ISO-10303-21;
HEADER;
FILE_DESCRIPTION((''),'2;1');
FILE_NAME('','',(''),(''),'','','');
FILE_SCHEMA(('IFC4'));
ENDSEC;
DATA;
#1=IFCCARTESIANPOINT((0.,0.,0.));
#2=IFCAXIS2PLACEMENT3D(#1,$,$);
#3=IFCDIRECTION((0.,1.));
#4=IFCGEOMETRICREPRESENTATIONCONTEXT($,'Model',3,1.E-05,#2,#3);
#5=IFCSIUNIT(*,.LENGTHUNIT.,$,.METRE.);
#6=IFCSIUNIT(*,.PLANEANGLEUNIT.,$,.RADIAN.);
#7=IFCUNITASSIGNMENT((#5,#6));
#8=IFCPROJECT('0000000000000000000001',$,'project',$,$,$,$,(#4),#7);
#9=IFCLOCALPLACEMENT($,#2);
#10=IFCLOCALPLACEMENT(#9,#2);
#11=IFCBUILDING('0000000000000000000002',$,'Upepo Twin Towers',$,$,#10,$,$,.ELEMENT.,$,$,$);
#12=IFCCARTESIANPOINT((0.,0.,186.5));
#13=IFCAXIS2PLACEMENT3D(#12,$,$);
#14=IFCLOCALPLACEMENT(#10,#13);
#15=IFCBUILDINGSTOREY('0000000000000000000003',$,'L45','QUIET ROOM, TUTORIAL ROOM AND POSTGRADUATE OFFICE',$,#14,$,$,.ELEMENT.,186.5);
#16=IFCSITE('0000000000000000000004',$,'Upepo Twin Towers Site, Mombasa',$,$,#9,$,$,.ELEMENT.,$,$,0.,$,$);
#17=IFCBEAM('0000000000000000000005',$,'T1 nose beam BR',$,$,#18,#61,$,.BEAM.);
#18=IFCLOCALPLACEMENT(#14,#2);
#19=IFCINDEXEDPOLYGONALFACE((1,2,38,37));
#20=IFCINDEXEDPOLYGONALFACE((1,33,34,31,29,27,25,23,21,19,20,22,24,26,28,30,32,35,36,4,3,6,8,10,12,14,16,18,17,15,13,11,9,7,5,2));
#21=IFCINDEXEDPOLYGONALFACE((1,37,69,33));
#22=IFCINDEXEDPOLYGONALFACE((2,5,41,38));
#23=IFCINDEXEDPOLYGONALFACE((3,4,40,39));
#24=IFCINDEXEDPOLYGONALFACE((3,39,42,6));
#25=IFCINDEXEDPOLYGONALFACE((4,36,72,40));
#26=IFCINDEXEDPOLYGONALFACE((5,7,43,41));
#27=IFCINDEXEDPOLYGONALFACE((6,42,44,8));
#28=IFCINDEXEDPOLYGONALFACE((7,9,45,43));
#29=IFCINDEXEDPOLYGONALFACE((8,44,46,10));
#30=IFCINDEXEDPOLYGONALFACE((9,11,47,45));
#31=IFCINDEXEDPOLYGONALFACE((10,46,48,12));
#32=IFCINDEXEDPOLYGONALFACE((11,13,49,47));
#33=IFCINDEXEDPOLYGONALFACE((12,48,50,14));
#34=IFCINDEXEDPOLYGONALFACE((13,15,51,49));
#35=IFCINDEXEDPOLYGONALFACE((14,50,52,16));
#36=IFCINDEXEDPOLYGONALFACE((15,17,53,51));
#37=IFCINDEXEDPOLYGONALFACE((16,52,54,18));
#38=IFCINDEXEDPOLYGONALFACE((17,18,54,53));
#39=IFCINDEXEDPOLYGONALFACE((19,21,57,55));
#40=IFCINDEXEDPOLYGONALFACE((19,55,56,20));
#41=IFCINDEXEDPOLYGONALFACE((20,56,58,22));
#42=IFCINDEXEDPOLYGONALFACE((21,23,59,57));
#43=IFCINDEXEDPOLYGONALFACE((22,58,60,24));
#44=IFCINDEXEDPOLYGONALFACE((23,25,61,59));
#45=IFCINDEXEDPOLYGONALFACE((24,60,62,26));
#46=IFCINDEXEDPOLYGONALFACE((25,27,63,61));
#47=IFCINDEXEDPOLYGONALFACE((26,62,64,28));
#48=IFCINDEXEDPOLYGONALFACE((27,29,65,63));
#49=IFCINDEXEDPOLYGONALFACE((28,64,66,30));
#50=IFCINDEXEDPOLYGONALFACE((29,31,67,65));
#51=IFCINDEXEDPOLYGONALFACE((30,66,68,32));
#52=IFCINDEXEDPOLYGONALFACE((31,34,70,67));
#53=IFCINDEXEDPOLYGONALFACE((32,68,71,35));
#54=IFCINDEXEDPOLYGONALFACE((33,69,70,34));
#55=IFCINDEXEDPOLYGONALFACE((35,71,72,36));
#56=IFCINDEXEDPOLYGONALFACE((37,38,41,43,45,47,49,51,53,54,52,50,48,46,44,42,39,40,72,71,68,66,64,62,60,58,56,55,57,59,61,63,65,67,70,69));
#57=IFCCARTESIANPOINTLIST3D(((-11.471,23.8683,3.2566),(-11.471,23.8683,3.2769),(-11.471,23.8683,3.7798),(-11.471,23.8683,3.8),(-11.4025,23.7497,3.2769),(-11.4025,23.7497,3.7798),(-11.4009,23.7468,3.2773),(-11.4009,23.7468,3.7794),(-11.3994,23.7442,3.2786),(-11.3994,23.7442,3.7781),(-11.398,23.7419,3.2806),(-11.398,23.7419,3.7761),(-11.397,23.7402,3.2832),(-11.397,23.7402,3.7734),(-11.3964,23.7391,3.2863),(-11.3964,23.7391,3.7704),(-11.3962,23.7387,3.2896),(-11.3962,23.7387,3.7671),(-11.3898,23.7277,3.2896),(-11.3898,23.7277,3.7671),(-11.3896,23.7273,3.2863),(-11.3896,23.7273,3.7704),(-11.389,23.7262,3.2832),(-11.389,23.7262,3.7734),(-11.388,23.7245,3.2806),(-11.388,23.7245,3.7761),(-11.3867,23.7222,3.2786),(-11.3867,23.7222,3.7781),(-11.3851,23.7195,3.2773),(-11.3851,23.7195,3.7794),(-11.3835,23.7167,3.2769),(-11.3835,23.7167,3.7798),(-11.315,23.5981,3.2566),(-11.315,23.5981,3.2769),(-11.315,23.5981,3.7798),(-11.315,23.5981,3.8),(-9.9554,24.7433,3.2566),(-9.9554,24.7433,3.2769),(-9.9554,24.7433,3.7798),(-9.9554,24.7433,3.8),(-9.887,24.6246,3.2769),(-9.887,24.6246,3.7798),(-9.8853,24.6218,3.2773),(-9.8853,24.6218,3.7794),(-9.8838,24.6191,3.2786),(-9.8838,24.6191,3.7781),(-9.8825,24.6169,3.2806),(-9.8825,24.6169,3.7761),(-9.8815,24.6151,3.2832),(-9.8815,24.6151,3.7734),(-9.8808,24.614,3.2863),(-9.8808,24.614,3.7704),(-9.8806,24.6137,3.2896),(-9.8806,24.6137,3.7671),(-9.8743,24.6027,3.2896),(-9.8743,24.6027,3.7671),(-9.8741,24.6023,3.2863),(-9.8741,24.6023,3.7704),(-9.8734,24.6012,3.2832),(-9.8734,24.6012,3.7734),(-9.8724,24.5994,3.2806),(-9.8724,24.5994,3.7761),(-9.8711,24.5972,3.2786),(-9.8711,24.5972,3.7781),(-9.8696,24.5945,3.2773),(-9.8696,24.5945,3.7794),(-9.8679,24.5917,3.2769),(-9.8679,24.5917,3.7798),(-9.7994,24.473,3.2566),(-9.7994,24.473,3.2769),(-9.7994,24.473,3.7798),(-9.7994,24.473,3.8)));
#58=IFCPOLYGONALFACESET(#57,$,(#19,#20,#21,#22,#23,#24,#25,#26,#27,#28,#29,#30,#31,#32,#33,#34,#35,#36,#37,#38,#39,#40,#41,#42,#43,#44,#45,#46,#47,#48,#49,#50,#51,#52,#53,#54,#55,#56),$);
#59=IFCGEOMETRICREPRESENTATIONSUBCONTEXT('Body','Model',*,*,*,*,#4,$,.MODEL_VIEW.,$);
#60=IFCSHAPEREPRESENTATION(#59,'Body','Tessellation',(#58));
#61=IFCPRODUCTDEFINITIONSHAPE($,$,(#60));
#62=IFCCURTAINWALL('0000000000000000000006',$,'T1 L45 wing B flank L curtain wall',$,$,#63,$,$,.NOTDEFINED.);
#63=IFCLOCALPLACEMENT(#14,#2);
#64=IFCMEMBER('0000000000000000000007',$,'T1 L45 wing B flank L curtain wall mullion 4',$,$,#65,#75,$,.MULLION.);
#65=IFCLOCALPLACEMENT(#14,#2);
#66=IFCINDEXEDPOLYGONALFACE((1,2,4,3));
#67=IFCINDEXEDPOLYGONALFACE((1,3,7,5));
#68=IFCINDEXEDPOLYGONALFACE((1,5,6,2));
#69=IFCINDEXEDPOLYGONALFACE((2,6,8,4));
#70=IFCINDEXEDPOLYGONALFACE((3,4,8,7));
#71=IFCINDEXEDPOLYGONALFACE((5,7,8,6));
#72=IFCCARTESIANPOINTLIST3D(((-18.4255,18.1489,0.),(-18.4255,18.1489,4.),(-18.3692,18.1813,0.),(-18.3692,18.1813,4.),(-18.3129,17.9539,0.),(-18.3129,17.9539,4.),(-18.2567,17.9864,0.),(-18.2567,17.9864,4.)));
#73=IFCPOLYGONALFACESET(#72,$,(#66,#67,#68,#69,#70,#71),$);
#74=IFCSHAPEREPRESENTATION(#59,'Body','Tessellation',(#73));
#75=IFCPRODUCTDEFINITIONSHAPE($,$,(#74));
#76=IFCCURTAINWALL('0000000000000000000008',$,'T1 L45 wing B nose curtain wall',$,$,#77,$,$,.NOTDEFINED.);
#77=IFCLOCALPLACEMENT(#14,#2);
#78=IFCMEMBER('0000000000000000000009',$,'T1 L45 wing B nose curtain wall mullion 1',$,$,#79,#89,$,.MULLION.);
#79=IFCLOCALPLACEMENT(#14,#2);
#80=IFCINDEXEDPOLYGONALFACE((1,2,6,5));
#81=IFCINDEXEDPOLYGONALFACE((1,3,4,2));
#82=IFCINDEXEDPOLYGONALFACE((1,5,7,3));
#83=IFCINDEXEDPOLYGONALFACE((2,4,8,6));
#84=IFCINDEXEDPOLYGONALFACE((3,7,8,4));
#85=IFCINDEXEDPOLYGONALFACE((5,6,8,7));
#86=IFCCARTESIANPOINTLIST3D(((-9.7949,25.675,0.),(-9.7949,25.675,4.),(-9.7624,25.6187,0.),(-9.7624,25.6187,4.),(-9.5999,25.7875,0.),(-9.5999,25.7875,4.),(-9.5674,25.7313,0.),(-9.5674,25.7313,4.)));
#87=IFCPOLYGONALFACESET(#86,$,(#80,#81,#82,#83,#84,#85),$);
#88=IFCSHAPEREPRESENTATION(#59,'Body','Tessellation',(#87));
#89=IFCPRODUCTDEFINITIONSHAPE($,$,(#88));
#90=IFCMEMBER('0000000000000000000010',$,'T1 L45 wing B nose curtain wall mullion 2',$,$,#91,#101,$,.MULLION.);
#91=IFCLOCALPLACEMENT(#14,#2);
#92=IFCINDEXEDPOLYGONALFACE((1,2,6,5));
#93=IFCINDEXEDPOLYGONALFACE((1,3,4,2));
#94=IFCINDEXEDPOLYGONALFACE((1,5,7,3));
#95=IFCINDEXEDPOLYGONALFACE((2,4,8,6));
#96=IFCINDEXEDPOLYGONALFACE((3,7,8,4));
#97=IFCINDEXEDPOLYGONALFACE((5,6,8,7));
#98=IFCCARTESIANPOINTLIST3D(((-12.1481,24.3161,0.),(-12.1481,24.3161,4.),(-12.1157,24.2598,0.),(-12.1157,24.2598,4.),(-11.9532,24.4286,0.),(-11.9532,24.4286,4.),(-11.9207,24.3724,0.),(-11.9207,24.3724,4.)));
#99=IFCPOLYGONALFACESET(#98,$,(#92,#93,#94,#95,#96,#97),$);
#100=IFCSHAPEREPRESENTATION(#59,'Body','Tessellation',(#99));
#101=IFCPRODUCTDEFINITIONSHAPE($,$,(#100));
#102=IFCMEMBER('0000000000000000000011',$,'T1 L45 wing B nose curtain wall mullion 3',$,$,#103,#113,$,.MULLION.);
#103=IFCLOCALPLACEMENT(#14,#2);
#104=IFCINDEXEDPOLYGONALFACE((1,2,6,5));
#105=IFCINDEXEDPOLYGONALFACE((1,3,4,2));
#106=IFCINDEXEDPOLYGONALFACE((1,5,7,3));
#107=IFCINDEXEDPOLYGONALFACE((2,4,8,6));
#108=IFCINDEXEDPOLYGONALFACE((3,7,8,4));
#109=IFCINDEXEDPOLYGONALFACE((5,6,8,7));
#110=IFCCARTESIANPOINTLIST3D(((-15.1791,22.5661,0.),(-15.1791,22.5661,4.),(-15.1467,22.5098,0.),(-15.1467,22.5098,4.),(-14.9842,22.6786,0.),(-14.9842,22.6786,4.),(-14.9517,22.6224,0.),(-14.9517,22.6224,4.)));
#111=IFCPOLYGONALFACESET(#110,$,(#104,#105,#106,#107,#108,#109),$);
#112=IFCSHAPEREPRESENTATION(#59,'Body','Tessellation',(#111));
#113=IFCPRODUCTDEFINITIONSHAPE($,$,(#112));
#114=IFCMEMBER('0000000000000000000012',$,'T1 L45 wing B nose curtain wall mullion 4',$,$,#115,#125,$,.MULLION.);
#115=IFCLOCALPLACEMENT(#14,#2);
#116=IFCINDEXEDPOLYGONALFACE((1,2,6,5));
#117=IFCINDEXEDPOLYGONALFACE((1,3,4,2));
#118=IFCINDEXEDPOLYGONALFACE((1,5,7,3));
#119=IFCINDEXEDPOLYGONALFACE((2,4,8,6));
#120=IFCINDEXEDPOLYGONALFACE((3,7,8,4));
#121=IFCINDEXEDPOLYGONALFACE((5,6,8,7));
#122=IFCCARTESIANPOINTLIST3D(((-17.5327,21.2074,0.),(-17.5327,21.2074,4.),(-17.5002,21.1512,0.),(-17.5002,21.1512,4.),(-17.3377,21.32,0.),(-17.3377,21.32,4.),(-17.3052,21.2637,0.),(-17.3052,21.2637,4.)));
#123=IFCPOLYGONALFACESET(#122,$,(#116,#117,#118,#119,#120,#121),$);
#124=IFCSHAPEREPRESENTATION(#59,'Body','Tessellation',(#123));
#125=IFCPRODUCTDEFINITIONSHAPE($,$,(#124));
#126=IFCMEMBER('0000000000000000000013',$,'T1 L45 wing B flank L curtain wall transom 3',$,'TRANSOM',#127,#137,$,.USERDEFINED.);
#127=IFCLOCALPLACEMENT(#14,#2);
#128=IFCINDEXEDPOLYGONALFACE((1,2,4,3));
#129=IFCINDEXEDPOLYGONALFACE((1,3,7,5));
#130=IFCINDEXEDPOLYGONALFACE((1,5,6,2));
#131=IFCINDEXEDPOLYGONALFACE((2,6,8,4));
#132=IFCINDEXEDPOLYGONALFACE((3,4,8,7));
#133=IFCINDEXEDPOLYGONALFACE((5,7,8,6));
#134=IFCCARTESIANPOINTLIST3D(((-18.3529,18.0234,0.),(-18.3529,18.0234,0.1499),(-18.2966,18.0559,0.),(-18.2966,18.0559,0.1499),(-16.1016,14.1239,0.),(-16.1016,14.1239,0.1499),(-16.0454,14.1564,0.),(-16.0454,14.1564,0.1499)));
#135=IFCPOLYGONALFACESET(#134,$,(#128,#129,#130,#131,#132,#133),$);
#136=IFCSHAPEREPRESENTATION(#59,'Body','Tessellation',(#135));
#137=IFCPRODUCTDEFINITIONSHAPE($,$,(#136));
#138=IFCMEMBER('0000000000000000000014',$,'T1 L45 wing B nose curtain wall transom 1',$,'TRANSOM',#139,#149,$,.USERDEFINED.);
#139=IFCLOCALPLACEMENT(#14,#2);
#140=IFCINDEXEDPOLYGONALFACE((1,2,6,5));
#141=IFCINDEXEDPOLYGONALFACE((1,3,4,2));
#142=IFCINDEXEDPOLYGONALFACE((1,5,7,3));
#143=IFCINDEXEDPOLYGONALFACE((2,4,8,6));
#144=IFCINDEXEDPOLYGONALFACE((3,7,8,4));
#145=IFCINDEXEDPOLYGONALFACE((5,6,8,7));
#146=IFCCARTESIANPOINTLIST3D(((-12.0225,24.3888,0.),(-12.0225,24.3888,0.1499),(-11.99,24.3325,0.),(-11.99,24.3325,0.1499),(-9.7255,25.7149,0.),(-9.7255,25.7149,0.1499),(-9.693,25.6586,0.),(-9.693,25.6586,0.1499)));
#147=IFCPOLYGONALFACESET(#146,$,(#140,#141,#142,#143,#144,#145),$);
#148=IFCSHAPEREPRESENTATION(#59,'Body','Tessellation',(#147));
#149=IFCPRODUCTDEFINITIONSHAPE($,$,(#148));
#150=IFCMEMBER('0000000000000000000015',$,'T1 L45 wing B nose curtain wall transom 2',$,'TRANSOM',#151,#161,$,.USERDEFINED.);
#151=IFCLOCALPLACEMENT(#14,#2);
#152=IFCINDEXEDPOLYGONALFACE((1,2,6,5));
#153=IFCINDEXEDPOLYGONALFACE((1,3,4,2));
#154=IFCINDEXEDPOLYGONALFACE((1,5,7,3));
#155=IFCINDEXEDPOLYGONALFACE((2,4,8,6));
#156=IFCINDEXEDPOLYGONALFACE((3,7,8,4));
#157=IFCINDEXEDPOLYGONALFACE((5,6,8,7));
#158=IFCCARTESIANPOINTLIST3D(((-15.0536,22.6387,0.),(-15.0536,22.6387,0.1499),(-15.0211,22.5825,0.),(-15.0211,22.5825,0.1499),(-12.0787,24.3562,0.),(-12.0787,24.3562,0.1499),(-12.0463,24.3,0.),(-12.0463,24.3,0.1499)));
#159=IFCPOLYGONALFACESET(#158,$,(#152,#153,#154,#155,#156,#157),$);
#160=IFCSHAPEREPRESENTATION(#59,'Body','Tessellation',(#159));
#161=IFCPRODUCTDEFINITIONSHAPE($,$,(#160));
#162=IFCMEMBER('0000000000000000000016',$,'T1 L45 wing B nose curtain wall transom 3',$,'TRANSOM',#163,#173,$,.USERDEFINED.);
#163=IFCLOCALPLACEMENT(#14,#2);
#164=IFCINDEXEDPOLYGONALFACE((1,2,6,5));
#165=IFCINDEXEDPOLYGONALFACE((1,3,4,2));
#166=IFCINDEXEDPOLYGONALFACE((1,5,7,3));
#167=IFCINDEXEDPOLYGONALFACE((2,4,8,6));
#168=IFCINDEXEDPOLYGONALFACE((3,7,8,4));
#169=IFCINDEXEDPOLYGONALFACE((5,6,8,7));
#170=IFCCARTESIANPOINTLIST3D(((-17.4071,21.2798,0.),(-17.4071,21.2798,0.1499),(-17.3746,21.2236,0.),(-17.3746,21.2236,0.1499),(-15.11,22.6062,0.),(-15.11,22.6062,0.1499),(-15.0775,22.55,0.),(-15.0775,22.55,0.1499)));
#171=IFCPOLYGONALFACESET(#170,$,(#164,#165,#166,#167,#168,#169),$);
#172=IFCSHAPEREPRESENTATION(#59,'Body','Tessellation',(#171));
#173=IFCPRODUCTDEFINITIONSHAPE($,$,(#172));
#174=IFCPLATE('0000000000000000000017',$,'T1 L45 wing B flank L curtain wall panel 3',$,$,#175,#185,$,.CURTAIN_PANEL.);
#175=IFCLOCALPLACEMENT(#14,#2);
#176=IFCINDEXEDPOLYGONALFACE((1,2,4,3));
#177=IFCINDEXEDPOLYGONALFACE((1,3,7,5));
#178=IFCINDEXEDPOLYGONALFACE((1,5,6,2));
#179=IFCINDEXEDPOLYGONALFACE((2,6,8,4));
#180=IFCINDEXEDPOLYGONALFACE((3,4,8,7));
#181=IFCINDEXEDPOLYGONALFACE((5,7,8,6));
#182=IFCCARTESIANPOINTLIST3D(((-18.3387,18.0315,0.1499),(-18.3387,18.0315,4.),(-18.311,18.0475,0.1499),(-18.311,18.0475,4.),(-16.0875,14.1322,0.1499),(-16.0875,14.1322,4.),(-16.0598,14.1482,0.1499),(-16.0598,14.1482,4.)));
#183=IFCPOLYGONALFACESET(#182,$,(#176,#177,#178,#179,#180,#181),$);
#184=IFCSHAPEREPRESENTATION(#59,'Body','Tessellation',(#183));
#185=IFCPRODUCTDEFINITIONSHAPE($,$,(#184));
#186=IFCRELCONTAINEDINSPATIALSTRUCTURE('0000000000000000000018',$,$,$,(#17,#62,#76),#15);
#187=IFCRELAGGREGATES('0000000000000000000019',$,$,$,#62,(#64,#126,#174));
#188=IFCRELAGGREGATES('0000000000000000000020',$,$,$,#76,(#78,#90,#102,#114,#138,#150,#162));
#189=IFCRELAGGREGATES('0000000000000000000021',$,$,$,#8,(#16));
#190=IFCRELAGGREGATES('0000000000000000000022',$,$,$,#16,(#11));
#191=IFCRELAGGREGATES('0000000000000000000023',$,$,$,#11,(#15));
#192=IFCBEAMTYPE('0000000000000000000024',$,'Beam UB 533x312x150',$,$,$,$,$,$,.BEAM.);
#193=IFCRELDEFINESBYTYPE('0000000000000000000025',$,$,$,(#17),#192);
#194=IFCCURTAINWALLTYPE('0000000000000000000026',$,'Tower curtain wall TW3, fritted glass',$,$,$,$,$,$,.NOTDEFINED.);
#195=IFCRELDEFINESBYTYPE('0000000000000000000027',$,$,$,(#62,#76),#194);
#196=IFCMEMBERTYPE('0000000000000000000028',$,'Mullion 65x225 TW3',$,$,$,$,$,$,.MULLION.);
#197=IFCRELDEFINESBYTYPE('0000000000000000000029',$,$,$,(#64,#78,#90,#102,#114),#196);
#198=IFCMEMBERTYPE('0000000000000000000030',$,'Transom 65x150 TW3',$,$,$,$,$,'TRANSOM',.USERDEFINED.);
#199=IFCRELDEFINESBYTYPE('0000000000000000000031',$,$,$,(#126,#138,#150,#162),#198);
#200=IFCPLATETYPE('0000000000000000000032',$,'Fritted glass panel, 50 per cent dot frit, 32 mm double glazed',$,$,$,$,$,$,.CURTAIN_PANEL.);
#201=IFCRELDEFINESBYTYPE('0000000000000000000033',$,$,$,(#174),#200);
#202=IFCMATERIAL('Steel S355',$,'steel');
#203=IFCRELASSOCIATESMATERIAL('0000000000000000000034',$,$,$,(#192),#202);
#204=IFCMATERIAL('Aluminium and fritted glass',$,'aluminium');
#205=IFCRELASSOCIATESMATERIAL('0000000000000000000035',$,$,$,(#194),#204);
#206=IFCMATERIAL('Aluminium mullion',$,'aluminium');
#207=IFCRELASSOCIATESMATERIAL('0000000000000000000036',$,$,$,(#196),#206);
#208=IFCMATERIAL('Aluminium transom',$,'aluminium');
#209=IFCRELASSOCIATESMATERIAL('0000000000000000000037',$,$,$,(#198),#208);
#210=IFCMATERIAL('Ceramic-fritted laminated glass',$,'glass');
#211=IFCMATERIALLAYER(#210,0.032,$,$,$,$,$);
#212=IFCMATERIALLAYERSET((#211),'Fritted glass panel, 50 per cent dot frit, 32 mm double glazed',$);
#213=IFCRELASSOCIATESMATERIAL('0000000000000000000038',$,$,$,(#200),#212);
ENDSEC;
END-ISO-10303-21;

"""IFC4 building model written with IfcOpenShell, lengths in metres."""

from ifc_helpers import new_model, si_unit, direction, frame, origin, origin_2d, place, context, subcontext, project, spatial, rectangle, i_section, extrude, material, layer, layer_set, material_profile, profile_set, type_object, element, aggregate, save


model = new_model("IFC4")

# Units and contexts
model_context = context("Model", 3, precision=1e-05, world=origin(), true_north=direction((0.0, 1.0)))
body_context = subcontext(model_context, "Body", "Model", "MODEL_VIEW")
ifc_project = project(units=[si_unit("LENGTHUNIT", "METRE"), si_unit("PLANEANGLEUNIT", "RADIAN")], contexts=[model_context])

# Site, building, storey
site_placement = place(None, origin())
site = spatial("IfcSite", under=ifc_project, at=site_placement, Name="Upepo Twin Towers Site, Mombasa", CompositionType="ELEMENT", RefElevation=0.0)
building_placement = place(site_placement, origin())
building = spatial("IfcBuilding", under=site, at=building_placement, Name="Upepo Twin Towers", CompositionType="ELEMENT")
storey_placement = place(building_placement, frame((0.0, 0.0, 186.5)))
storey = spatial("IfcBuildingStorey", under=building, at=storey_placement, Name="L45", Description="QUIET ROOM, TUTORIAL ROOM AND POSTGRADUATE OFFICE", CompositionType="ELEMENT", Elevation=186.5)

# Beam
ifc_material_1 = material(Name="Steel S355", Category="steel")
ifc_material_profile_1 = material_profile(ifc_material_1, i_section(OverallWidth=0.312, OverallDepth=0.5435, WebThickness=0.0127, FlangeThickness=0.0203, FilletRadius=0.0127, at=origin_2d()), Name="UB 533x312x150")
ifc_profile_set_1 = profile_set([ifc_material_profile_1], Name="Steel S355")
beam_type_1 = type_object("IfcBeamType", Name="Beam UB 533x312x150", PredefinedType="BEAM", material=ifc_profile_set_1)
for number, where, z_axis, x_axis, name in (
    (1, (-9.8774, 24.6082, 3.5283), (-0.866037, -0.49998, 0.0), (0.49998, -0.866037, 0.0), "T1 nose beam BR"),
):
    element("IfcBeam", number, at=place(storey_placement, frame(where, z_axis=z_axis, x_axis=x_axis)), inside=storey, type_object=beam_type_1, Name=name, PredefinedType="BEAM", context=body_context, shape_type="SweptSolid", body=[
        extrude(i_section(OverallWidth=0.312, OverallDepth=0.5435, WebThickness=0.0127, FlangeThickness=0.0203, FilletRadius=0.0127, at=origin_2d()), origin(), (0.0, 0.0, 1.0), 1.75),
    ])

# Curtain wall, member
ifc_material_2 = material(Name="Aluminium and fritted glass", Category="aluminium")
curtain_wall_type = type_object("IfcCurtainWallType", Name="Tower curtain wall TW3, fritted glass", PredefinedType="NOTDEFINED", material=ifc_material_2)
curtain_wall_1_placement = place(storey_placement, origin())
curtain_wall_1 = element("IfcCurtainWall", 2, at=curtain_wall_1_placement, inside=storey, type_object=curtain_wall_type, Name="T1 L45 wing B flank L curtain wall", PredefinedType="NOTDEFINED")
ifc_material_3 = material(Name="Aluminium mullion", Category="aluminium")
ifc_material_profile_2 = material_profile(ifc_material_3, rectangle(XDim=0.0649, YDim=0.2251, at=origin_2d()), Name="MULLION 65x225")
ifc_profile_set_2 = profile_set([ifc_material_profile_2], Name="Aluminium mullion")
member_type_1 = type_object("IfcMemberType", Name="Mullion 65x225 TW3", PredefinedType="MULLION", material=ifc_profile_set_2)
member_1_placement = place(storey_placement, frame((-18.3411, 18.0676, 0.0), z_axis=(0.0, 0.0, 1.0), x_axis=(-0.866025, -0.5, 0.0)))
member_1 = element("IfcMember", 3, at=member_1_placement, type_object=member_type_1, Name="T1 L45 wing B flank L curtain wall mullion 4", PredefinedType="MULLION", context=body_context, shape_type="SweptSolid", body=[
    extrude(rectangle(XDim=0.0649, YDim=0.2251, at=origin_2d()), origin(), (0.0, 0.0, 1.0), 4.0),
])

# Curtain wall, members
curtain_wall_2_placement = place(storey_placement, origin())
curtain_wall_2 = element("IfcCurtainWall", 4, at=curtain_wall_2_placement, inside=storey, type_object=curtain_wall_type, Name="T1 L45 wing B nose curtain wall", PredefinedType="NOTDEFINED")
member_2_placement = place(storey_placement, frame((-9.6812, 25.7031, 0.0), z_axis=(0.0, 0.0, 1.0), x_axis=(0.5, -0.866025, 0.0)))
member_2 = element("IfcMember", 5, at=member_2_placement, type_object=member_type_1, Name="T1 L45 wing B nose curtain wall mullion 1", PredefinedType="MULLION", context=body_context, shape_type="SweptSolid", body=[
    extrude(rectangle(XDim=0.0649, YDim=0.2251, at=origin_2d()), origin(), (0.0, 0.0, 1.0), 4.0),
])
member_3_placement = place(storey_placement, frame((-12.0344, 24.3442, 0.0), z_axis=(0.0, 0.0, 1.0), x_axis=(0.5, -0.866025, 0.0)))
member_3 = element("IfcMember", 6, at=member_3_placement, type_object=member_type_1, Name="T1 L45 wing B nose curtain wall mullion 2", PredefinedType="MULLION", context=body_context, shape_type="SweptSolid", body=[
    extrude(rectangle(XDim=0.0649, YDim=0.2251, at=origin_2d()), origin(), (0.0, 0.0, 1.0), 4.0),
])
member_4_placement = place(storey_placement, frame((-15.0654, 22.5942, 0.0), z_axis=(0.0, 0.0, 1.0), x_axis=(0.5, -0.866025, 0.0)))
member_4 = element("IfcMember", 7, at=member_4_placement, type_object=member_type_1, Name="T1 L45 wing B nose curtain wall mullion 3", PredefinedType="MULLION", context=body_context, shape_type="SweptSolid", body=[
    extrude(rectangle(XDim=0.0649, YDim=0.2251, at=origin_2d()), origin(), (0.0, 0.0, 1.0), 4.0),
])
member_5_placement = place(storey_placement, frame((-17.4189, 21.2356, 0.0), z_axis=(0.0, 0.0, 1.0), x_axis=(0.5, -0.866025, 0.0)))
member_5 = element("IfcMember", 8, at=member_5_placement, type_object=member_type_1, Name="T1 L45 wing B nose curtain wall mullion 4", PredefinedType="MULLION", context=body_context, shape_type="SweptSolid", body=[
    extrude(rectangle(XDim=0.0649, YDim=0.2251, at=origin_2d()), origin(), (0.0, 0.0, 1.0), 4.0),
])

# Members
ifc_material_4 = material(Name="Aluminium transom", Category="aluminium")
ifc_material_profile_3 = material_profile(ifc_material_4, rectangle(XDim=0.0649, YDim=0.1499, at=origin_2d()), Name="TRANSOM 65x150")
ifc_profile_set_3 = profile_set([ifc_material_profile_3], Name="Aluminium transom")
member_type_2 = type_object("IfcMemberType", Name="Transom 65x150 TW3", ElementType="TRANSOM", PredefinedType="USERDEFINED", material=ifc_profile_set_3)
member_6_placement = place(storey_placement, frame((-16.0735, 14.1401, 0.075), z_axis=(-0.499982, 0.866036, 0.0), x_axis=(-0.866036, -0.499982, 0.0)))
member_6 = element("IfcMember", 9, at=member_6_placement, type_object=member_type_2, Name="T1 L45 wing B flank L curtain wall transom 3", ObjectType="TRANSOM", PredefinedType="USERDEFINED", context=body_context, shape_type="SweptSolid", body=[
    extrude(rectangle(XDim=0.0649, YDim=0.1499, at=origin_2d()), origin(), (0.0, 0.0, 1.0), 4.5027),
])
member_7_placement = place(storey_placement, frame((-9.7092, 25.6868, 0.075), z_axis=(-0.866037, -0.49998, 0.0), x_axis=(0.49998, -0.866037, 0.0)))
member_7 = element("IfcMember", 10, at=member_7_placement, type_object=member_type_2, Name="T1 L45 wing B nose curtain wall transom 1", ObjectType="TRANSOM", PredefinedType="USERDEFINED", context=body_context, shape_type="SweptSolid", body=[
    extrude(rectangle(XDim=0.0649, YDim=0.1499, at=origin_2d()), origin(), (0.0, 0.0, 1.0), 2.6523),
])
member_8_placement = place(storey_placement, frame((-12.0625, 24.3281, 0.075), z_axis=(-0.866026, -0.499999, 0.0), x_axis=(0.499999, -0.866026, 0.0)))
member_8 = element("IfcMember", 11, at=member_8_placement, type_object=member_type_2, Name="T1 L45 wing B nose curtain wall transom 2", ObjectType="TRANSOM", PredefinedType="USERDEFINED", context=body_context, shape_type="SweptSolid", body=[
    extrude(rectangle(XDim=0.0649, YDim=0.1499, at=origin_2d()), origin(), (0.0, 0.0, 1.0), 3.4351),
])
member_9_placement = place(storey_placement, frame((-15.0938, 22.5781, 0.075), z_axis=(-0.865997, -0.500049, 0.0), x_axis=(0.500049, -0.865997, 0.0)))
member_9 = element("IfcMember", 12, at=member_9_placement, type_object=member_type_2, Name="T1 L45 wing B nose curtain wall transom 3", ObjectType="TRANSOM", PredefinedType="USERDEFINED", context=body_context, shape_type="SweptSolid", body=[
    extrude(rectangle(XDim=0.0649, YDim=0.1499, at=origin_2d()), origin(), (0.0, 0.0, 1.0), 2.6526),
])

# Plate
ifc_material_5 = material(Name="Ceramic-fritted laminated glass", Category="glass")
ifc_layer_1 = layer(ifc_material_5, 0.032)
ifc_layer_set_1 = layer_set([ifc_layer_1], Name="Fritted glass panel, 50 per cent dot frit, 32 mm double glazed")
plate_type_1 = type_object("IfcPlateType", Name="Fritted glass panel, 50 per cent dot frit, 32 mm double glazed", PredefinedType="CURTAIN_PANEL", material=ifc_layer_set_1)
plate_1_placement = place(storey_placement, frame((-17.1992, 16.0898, 0.1499), z_axis=(0.0, 0.0, 1.0), x_axis=(-0.5, 0.866025, 0.0)))
plate_1 = element("IfcPlate", 13, at=plate_1_placement, type_object=plate_type_1, Name="T1 L45 wing B flank L curtain wall panel 3", PredefinedType="CURTAIN_PANEL", context=body_context, shape_type="SweptSolid", body=[
    extrude(rectangle(XDim=4.5024, YDim=0.032, at=origin_2d()), origin(), (0.0, 0.0, 1.0), 3.8501),
])
aggregate(curtain_wall_1, [member_1, member_6, plate_1])
aggregate(curtain_wall_2, [member_2, member_3, member_4, member_5, member_7, member_8, member_9])

save(model, "model.ifc")
